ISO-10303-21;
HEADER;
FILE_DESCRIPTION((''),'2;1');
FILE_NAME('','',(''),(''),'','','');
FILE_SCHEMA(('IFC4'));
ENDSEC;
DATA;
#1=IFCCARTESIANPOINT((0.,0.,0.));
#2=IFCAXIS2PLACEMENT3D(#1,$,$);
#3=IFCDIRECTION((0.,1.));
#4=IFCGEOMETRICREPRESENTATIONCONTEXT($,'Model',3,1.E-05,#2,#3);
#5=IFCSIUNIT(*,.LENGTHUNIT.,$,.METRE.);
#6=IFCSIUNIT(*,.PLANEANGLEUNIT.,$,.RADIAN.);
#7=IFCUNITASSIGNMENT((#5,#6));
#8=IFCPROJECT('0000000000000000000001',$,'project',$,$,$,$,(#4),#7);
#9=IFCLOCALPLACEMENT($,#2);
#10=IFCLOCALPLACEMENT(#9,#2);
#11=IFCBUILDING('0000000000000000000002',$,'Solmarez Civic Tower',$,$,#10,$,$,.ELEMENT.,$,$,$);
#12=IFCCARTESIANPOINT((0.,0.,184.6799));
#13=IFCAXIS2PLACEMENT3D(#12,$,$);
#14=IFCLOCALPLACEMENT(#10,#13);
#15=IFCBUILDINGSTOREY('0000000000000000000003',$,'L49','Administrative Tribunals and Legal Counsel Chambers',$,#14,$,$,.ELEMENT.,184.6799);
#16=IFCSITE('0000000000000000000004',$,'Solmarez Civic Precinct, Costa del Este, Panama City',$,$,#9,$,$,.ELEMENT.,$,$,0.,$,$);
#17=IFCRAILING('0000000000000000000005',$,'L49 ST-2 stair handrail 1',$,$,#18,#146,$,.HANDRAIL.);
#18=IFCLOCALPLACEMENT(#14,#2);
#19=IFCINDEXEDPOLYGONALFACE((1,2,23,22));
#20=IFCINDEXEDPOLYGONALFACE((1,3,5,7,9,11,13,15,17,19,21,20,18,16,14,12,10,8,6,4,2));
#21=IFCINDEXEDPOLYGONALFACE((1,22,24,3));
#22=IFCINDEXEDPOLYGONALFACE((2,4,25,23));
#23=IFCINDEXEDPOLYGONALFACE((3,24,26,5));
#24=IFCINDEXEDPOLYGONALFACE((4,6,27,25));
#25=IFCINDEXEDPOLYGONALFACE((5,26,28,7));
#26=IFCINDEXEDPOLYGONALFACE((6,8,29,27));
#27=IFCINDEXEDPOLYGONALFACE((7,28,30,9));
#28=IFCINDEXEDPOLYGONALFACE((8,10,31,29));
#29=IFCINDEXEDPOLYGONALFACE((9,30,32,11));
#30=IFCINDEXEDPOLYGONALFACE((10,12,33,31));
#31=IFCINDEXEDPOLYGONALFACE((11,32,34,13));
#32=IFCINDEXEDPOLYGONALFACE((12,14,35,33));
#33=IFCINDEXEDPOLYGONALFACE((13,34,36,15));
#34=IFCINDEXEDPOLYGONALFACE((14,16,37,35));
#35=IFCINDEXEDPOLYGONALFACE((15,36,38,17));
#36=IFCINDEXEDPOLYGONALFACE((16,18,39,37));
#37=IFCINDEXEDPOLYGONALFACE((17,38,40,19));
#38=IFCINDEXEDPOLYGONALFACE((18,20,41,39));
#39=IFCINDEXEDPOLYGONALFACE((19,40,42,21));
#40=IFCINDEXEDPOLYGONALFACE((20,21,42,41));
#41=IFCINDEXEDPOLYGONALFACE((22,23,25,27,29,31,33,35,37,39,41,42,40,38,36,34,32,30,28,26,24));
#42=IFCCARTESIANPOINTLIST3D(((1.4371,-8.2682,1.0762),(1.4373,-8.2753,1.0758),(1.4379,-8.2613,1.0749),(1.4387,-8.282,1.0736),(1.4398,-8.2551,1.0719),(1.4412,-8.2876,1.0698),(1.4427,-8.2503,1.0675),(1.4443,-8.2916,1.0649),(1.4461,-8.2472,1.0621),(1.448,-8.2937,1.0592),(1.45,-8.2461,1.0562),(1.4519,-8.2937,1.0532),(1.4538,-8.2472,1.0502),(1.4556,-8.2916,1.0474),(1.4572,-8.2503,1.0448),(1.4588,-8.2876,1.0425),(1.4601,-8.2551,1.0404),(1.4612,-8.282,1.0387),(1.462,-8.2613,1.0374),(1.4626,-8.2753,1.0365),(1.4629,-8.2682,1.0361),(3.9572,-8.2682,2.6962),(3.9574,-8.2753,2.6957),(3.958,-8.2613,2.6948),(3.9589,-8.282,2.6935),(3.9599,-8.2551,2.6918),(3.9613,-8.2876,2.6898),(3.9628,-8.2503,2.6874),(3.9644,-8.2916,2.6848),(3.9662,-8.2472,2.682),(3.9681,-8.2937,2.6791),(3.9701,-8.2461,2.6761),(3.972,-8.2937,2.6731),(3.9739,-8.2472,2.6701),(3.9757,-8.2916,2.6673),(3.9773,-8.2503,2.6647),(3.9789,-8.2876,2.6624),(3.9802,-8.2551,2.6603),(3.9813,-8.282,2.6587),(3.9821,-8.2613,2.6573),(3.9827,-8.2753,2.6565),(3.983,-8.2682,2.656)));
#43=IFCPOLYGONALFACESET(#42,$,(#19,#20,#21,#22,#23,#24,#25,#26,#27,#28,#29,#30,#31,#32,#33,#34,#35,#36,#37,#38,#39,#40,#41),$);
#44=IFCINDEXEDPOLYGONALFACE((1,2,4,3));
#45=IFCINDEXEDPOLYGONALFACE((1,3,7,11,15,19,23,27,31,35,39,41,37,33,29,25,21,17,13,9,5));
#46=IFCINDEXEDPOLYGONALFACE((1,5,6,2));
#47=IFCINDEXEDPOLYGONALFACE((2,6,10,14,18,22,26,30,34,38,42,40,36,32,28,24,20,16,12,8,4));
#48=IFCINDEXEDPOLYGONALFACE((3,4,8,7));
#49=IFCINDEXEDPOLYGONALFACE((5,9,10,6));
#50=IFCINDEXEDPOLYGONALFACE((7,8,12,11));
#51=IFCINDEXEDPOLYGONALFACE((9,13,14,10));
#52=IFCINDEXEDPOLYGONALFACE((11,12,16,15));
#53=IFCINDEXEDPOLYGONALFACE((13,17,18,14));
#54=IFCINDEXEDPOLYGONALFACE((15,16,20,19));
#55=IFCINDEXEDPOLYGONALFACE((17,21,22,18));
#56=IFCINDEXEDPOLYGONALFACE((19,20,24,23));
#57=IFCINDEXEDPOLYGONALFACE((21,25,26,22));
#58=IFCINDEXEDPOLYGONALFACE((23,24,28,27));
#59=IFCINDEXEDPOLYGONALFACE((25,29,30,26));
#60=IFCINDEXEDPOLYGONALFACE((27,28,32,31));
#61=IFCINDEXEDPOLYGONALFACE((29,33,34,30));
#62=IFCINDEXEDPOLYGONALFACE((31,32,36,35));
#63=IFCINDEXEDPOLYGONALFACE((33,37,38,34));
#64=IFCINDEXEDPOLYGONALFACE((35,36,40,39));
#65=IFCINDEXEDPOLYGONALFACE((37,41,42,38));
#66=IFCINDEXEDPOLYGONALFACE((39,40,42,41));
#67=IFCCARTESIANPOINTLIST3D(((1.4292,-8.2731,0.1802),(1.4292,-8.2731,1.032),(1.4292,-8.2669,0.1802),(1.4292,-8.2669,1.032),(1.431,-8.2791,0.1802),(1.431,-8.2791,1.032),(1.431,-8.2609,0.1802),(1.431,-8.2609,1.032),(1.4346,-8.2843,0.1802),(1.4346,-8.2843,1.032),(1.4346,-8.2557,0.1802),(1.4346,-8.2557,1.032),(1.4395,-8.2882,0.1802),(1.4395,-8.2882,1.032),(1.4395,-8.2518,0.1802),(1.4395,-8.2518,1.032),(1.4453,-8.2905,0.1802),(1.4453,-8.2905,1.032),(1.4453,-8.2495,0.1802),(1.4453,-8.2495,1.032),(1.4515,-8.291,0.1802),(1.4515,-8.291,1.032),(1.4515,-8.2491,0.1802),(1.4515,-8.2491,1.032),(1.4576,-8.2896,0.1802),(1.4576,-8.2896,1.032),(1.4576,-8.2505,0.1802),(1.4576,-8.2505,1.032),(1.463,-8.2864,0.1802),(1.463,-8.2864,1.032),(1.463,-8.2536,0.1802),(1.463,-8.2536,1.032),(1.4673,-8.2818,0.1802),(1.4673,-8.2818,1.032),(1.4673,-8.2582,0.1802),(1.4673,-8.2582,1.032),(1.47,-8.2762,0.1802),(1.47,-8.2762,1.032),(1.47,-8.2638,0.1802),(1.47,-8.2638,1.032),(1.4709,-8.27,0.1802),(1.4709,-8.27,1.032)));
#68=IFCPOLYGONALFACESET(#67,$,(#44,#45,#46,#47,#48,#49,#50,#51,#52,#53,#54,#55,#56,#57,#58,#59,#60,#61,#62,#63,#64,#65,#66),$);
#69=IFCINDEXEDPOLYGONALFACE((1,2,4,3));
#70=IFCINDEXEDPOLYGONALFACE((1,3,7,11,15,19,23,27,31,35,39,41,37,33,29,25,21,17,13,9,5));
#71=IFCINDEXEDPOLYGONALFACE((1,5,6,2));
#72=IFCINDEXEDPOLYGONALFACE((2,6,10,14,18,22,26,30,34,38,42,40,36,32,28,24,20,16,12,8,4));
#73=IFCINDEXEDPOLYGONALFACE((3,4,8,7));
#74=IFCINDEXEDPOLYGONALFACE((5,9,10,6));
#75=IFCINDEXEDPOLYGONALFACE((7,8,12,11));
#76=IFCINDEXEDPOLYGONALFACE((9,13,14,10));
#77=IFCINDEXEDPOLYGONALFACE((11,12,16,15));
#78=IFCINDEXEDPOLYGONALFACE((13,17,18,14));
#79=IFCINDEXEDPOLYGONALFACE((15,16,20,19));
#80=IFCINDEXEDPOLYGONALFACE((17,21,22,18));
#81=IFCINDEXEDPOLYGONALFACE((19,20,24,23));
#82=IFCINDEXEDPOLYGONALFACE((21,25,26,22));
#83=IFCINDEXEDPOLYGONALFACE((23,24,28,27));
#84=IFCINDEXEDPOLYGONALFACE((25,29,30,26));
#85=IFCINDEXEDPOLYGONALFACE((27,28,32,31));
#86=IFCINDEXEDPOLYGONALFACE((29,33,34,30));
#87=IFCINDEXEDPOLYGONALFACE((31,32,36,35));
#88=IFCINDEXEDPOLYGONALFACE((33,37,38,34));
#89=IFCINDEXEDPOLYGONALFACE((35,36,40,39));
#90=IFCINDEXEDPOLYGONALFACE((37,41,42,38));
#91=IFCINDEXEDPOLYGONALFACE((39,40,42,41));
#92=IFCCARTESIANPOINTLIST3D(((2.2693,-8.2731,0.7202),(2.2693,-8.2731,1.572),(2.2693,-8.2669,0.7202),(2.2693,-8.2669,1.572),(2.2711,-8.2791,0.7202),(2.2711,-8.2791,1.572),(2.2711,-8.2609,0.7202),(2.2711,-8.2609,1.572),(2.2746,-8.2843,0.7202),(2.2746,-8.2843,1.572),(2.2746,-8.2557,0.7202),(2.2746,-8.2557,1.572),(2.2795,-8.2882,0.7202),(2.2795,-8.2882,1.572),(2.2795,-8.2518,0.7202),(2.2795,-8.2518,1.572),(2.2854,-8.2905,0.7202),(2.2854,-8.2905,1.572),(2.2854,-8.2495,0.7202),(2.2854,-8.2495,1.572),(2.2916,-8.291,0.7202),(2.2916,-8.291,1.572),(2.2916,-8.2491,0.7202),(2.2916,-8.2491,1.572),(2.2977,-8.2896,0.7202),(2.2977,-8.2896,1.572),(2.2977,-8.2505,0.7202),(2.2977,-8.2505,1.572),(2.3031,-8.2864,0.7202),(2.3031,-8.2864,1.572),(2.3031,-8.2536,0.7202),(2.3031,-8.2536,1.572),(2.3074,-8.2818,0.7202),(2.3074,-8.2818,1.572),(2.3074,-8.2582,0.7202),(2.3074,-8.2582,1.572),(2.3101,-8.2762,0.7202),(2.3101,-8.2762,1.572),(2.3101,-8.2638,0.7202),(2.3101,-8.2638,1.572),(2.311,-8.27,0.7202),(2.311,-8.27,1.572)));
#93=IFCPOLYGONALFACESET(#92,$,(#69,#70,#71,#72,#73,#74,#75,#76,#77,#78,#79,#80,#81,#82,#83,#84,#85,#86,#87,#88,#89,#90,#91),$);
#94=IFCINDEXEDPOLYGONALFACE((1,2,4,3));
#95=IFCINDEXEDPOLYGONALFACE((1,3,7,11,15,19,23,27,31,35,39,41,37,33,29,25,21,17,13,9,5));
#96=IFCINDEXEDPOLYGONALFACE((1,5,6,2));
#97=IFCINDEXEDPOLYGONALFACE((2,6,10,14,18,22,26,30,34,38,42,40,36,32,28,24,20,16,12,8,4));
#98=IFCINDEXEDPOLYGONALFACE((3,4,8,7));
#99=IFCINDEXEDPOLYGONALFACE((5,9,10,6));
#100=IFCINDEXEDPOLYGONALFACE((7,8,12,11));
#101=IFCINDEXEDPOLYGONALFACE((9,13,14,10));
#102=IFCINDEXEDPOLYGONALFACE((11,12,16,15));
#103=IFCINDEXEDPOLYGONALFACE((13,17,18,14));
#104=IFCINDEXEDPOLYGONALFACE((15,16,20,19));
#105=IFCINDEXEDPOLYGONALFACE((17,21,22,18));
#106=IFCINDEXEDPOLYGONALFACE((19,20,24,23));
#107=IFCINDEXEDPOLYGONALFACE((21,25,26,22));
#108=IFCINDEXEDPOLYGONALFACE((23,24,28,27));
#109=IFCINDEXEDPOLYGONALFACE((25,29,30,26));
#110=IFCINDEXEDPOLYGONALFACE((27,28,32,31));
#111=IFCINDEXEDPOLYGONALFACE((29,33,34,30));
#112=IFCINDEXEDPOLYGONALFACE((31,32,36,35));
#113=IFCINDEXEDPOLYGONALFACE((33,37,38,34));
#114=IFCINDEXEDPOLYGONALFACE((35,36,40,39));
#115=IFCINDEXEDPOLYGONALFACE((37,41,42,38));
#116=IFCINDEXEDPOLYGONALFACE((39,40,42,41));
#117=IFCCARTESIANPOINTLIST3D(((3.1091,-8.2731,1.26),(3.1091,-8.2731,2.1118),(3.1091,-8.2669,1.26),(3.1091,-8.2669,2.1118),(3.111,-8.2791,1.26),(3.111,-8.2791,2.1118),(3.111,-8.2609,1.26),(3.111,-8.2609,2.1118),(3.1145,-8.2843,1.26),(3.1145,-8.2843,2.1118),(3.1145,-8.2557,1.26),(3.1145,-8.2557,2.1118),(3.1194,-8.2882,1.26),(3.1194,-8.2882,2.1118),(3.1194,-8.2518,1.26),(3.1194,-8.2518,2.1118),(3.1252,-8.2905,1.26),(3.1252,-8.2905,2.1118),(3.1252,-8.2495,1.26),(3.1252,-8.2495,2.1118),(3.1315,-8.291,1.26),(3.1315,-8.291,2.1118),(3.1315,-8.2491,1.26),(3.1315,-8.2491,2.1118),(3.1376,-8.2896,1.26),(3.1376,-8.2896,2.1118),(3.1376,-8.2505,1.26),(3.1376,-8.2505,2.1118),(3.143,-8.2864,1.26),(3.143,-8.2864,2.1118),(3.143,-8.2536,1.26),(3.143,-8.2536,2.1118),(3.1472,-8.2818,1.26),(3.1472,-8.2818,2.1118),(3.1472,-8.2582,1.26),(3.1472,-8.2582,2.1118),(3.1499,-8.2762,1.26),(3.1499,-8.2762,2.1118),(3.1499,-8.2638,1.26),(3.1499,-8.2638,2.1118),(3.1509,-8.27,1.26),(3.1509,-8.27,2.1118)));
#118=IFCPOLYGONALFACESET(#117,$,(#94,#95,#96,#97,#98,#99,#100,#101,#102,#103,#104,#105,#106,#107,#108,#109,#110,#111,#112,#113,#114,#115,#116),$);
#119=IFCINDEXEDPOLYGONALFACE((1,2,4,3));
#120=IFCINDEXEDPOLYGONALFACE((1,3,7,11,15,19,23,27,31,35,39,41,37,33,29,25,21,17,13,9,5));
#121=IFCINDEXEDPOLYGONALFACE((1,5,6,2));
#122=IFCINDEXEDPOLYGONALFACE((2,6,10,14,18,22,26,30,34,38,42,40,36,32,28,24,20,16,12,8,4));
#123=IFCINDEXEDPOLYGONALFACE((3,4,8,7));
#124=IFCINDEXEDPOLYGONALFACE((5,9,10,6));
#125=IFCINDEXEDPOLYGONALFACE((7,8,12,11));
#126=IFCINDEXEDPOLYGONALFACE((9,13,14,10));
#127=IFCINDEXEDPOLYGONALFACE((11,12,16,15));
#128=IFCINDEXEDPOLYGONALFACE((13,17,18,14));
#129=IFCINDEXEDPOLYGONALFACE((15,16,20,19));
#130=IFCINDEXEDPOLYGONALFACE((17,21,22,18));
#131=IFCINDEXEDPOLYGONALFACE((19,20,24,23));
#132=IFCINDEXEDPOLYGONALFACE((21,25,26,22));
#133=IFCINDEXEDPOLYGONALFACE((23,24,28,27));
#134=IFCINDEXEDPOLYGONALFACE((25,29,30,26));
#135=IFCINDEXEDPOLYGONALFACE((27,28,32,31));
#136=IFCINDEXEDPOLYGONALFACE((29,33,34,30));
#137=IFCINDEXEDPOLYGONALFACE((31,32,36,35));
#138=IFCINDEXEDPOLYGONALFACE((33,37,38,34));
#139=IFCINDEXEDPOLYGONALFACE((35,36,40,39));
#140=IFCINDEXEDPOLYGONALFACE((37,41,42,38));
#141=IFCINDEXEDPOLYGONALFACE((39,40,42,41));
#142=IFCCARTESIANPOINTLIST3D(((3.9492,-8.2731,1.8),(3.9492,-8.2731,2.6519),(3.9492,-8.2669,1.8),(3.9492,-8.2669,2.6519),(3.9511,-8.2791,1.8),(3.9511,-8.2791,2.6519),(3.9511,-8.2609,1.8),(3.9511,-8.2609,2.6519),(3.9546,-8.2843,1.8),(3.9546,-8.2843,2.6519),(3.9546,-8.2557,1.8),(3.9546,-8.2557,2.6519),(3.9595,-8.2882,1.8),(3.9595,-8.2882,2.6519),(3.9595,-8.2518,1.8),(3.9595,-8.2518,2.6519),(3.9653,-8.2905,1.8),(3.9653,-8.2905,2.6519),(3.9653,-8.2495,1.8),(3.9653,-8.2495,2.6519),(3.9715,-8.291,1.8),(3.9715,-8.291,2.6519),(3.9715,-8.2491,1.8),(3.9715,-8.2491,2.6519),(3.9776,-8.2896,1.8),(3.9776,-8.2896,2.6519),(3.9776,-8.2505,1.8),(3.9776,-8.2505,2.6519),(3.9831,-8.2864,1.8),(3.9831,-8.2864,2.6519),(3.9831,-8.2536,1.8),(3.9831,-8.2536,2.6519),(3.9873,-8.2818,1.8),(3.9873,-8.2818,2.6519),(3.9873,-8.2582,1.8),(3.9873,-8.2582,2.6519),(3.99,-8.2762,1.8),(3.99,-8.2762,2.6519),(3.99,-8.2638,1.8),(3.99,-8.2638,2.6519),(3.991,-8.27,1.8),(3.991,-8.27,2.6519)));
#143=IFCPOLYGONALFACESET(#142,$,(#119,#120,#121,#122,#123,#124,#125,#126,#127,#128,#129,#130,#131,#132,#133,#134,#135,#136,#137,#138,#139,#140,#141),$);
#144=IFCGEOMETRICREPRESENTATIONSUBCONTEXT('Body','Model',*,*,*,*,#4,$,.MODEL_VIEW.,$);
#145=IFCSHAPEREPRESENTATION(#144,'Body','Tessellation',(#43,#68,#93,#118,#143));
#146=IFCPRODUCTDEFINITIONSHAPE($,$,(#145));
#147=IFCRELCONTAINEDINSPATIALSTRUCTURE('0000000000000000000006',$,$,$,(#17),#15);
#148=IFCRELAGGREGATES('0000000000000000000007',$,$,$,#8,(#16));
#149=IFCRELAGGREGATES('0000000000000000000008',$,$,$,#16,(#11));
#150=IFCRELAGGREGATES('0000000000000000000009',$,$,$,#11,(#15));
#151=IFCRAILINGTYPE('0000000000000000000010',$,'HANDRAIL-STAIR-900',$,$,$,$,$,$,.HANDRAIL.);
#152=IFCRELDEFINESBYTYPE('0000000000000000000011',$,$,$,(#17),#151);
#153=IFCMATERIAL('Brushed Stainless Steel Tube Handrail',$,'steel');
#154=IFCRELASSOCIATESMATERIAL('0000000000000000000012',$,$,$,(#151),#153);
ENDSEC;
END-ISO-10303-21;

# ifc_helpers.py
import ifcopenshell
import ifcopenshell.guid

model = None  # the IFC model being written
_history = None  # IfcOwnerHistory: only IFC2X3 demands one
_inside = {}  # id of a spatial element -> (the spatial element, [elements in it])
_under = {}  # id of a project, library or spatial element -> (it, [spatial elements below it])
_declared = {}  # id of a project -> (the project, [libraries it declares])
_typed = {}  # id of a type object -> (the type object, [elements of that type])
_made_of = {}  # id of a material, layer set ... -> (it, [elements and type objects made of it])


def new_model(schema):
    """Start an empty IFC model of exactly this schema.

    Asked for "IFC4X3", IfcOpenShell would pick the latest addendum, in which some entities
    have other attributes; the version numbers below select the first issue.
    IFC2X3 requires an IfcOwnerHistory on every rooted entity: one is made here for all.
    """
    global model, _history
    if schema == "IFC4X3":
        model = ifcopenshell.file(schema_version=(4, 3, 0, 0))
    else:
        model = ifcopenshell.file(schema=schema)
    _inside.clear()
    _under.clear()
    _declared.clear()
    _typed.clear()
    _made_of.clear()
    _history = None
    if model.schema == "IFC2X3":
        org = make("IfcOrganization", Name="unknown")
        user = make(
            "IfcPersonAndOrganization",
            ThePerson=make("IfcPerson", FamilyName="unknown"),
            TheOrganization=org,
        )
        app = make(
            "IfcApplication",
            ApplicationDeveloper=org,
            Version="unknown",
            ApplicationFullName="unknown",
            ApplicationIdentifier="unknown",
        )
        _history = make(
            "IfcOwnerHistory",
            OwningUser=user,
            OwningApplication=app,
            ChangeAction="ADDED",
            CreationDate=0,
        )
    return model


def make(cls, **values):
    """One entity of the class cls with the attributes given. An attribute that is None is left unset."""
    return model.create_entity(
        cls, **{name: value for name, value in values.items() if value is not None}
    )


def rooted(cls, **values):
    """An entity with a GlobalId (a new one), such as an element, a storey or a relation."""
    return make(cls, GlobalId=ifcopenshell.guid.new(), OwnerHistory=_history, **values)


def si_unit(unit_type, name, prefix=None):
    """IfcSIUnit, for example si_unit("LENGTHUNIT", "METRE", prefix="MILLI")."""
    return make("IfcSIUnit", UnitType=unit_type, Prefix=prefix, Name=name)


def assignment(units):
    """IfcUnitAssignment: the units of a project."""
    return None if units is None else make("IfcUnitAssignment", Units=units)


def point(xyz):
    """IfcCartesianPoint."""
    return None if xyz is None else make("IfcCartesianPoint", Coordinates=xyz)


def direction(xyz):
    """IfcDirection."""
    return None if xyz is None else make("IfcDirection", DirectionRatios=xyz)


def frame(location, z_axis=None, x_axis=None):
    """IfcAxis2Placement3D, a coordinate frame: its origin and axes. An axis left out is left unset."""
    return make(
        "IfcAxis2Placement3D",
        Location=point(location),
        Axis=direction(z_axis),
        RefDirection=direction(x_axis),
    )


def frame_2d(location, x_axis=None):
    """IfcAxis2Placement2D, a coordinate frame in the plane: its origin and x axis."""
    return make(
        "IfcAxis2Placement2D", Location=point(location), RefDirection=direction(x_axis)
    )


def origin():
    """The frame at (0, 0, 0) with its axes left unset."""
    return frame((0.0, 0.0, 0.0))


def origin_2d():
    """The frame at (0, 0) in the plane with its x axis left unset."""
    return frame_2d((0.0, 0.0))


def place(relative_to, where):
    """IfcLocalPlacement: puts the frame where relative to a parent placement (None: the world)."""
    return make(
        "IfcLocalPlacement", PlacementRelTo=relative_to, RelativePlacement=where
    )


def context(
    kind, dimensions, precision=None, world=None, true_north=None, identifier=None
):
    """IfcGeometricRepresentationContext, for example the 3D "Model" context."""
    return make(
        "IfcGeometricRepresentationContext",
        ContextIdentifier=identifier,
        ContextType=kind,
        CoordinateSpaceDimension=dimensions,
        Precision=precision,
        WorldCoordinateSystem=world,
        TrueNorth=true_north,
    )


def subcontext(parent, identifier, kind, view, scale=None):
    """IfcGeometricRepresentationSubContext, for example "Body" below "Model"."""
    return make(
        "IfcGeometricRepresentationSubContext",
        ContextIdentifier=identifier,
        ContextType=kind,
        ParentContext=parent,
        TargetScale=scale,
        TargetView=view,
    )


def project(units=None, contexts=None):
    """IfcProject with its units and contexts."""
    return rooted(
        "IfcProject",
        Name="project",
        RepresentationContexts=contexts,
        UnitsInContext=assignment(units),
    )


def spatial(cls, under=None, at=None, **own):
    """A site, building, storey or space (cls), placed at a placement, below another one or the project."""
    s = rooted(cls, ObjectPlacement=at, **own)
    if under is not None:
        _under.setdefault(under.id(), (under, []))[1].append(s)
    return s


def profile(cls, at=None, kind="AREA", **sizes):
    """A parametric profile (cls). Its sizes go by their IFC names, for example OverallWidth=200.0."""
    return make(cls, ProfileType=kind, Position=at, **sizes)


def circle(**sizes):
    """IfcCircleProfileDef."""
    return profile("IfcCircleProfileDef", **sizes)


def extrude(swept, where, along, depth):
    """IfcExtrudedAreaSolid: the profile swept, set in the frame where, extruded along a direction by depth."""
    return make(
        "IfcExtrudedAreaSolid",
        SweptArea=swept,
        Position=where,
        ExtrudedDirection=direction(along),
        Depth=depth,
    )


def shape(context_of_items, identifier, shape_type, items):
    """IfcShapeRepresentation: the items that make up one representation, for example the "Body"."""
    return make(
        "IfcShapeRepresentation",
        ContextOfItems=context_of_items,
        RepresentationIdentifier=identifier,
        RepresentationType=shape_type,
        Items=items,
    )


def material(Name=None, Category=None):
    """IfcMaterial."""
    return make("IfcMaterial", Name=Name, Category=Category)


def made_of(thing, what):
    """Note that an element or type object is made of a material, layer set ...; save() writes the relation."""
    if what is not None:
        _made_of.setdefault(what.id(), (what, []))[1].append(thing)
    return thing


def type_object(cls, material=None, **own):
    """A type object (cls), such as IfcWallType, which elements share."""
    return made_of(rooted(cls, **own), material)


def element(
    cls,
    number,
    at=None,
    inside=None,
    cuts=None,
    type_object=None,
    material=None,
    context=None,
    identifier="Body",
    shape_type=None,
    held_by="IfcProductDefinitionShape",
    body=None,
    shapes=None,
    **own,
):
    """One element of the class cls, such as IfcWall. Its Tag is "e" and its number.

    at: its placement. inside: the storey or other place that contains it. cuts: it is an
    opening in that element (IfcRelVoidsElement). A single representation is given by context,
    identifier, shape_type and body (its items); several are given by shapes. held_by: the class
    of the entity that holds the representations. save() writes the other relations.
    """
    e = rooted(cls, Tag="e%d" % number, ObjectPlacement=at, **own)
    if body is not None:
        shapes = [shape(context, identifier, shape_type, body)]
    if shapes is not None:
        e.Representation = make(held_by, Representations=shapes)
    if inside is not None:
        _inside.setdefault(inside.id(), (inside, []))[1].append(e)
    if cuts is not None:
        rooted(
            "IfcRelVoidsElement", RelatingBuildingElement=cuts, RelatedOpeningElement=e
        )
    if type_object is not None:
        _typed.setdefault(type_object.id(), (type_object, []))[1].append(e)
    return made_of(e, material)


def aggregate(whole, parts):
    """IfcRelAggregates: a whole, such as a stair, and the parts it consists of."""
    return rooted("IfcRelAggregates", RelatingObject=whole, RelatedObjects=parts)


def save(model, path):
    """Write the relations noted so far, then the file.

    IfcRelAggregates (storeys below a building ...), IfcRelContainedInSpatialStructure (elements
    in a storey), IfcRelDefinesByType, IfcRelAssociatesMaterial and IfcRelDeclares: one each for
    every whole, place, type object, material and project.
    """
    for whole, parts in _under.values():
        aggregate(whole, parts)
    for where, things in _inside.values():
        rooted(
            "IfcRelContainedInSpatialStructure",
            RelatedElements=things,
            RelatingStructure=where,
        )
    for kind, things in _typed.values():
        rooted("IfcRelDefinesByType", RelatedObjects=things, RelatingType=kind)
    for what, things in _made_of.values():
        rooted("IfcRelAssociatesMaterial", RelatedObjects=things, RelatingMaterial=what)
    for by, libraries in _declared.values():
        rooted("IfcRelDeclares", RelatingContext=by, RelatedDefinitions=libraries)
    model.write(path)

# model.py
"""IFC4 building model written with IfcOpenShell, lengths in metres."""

from ifc_helpers import new_model, si_unit, direction, frame, origin, origin_2d, place, context, subcontext, project, spatial, circle, extrude, material, type_object, element, save


model = new_model("IFC4")

# Units and contexts
model_context = context("Model", 3, precision=1e-05, world=origin(), true_north=direction((0.0, 1.0)))
body_context = subcontext(model_context, "Body", "Model", "MODEL_VIEW")
ifc_project = project(units=[si_unit("LENGTHUNIT", "METRE"), si_unit("PLANEANGLEUNIT", "RADIAN")], contexts=[model_context])

# Site, building, storey
site_placement = place(None, origin())
site = spatial("IfcSite", under=ifc_project, at=site_placement, Name="Solmarez Civic Precinct, Costa del Este, Panama City", CompositionType="ELEMENT", RefElevation=0.0)
building_placement = place(site_placement, origin())
building = spatial("IfcBuilding", under=site, at=building_placement, Name="Solmarez Civic Tower", CompositionType="ELEMENT")
storey_placement = place(building_placement, frame((0.0, 0.0, 184.6799)))
storey = spatial("IfcBuildingStorey", under=building, at=storey_placement, Name="L49", Description="Administrative Tribunals and Legal Counsel Chambers", CompositionType="ELEMENT", Elevation=184.6799)

# Railing
ifc_material_1 = material(Name="Brushed Stainless Steel Tube Handrail", Category="steel")
railing_type_1 = type_object("IfcRailingType", Name="HANDRAIL-STAIR-900", PredefinedType="HANDRAIL", material=ifc_material_1)
railing_1_placement = place(storey_placement, frame((1.45, -8.27, 0.1802)))
element("IfcRailing", 1, at=railing_1_placement, inside=storey, type_object=railing_type_1, Name="L49 ST-2 stair handrail 1", PredefinedType="HANDRAIL", context=body_context, shape_type="SweptSolid", body=[
    extrude(circle(Radius=0.0239, at=origin_2d()), frame((0.0, 0.0, 0.876), z_axis=(0.8412, 0.0, 0.540725), x_axis=(0.0, 1.0, 0.0)), (0.0, 0.0, 1.0), 2.9958),
    extrude(circle(Radius=0.021, at=origin_2d()), origin(), (0.0, 0.0, 1.0), 0.8518),
    extrude(circle(Radius=0.021, at=origin_2d()), frame((0.8401, 0.0, 0.54)), (0.0, 0.0, 1.0), 0.8518),
    extrude(circle(Radius=0.021, at=origin_2d()), frame((1.6799, 0.0, 1.0798)), (0.0, 0.0, 1.0), 0.8518),
    extrude(circle(Radius=0.021, at=origin_2d()), frame((2.52, 0.0, 1.6199)), (0.0, 0.0, 1.0), 0.8518),
])

save(model, "model.ifc")
